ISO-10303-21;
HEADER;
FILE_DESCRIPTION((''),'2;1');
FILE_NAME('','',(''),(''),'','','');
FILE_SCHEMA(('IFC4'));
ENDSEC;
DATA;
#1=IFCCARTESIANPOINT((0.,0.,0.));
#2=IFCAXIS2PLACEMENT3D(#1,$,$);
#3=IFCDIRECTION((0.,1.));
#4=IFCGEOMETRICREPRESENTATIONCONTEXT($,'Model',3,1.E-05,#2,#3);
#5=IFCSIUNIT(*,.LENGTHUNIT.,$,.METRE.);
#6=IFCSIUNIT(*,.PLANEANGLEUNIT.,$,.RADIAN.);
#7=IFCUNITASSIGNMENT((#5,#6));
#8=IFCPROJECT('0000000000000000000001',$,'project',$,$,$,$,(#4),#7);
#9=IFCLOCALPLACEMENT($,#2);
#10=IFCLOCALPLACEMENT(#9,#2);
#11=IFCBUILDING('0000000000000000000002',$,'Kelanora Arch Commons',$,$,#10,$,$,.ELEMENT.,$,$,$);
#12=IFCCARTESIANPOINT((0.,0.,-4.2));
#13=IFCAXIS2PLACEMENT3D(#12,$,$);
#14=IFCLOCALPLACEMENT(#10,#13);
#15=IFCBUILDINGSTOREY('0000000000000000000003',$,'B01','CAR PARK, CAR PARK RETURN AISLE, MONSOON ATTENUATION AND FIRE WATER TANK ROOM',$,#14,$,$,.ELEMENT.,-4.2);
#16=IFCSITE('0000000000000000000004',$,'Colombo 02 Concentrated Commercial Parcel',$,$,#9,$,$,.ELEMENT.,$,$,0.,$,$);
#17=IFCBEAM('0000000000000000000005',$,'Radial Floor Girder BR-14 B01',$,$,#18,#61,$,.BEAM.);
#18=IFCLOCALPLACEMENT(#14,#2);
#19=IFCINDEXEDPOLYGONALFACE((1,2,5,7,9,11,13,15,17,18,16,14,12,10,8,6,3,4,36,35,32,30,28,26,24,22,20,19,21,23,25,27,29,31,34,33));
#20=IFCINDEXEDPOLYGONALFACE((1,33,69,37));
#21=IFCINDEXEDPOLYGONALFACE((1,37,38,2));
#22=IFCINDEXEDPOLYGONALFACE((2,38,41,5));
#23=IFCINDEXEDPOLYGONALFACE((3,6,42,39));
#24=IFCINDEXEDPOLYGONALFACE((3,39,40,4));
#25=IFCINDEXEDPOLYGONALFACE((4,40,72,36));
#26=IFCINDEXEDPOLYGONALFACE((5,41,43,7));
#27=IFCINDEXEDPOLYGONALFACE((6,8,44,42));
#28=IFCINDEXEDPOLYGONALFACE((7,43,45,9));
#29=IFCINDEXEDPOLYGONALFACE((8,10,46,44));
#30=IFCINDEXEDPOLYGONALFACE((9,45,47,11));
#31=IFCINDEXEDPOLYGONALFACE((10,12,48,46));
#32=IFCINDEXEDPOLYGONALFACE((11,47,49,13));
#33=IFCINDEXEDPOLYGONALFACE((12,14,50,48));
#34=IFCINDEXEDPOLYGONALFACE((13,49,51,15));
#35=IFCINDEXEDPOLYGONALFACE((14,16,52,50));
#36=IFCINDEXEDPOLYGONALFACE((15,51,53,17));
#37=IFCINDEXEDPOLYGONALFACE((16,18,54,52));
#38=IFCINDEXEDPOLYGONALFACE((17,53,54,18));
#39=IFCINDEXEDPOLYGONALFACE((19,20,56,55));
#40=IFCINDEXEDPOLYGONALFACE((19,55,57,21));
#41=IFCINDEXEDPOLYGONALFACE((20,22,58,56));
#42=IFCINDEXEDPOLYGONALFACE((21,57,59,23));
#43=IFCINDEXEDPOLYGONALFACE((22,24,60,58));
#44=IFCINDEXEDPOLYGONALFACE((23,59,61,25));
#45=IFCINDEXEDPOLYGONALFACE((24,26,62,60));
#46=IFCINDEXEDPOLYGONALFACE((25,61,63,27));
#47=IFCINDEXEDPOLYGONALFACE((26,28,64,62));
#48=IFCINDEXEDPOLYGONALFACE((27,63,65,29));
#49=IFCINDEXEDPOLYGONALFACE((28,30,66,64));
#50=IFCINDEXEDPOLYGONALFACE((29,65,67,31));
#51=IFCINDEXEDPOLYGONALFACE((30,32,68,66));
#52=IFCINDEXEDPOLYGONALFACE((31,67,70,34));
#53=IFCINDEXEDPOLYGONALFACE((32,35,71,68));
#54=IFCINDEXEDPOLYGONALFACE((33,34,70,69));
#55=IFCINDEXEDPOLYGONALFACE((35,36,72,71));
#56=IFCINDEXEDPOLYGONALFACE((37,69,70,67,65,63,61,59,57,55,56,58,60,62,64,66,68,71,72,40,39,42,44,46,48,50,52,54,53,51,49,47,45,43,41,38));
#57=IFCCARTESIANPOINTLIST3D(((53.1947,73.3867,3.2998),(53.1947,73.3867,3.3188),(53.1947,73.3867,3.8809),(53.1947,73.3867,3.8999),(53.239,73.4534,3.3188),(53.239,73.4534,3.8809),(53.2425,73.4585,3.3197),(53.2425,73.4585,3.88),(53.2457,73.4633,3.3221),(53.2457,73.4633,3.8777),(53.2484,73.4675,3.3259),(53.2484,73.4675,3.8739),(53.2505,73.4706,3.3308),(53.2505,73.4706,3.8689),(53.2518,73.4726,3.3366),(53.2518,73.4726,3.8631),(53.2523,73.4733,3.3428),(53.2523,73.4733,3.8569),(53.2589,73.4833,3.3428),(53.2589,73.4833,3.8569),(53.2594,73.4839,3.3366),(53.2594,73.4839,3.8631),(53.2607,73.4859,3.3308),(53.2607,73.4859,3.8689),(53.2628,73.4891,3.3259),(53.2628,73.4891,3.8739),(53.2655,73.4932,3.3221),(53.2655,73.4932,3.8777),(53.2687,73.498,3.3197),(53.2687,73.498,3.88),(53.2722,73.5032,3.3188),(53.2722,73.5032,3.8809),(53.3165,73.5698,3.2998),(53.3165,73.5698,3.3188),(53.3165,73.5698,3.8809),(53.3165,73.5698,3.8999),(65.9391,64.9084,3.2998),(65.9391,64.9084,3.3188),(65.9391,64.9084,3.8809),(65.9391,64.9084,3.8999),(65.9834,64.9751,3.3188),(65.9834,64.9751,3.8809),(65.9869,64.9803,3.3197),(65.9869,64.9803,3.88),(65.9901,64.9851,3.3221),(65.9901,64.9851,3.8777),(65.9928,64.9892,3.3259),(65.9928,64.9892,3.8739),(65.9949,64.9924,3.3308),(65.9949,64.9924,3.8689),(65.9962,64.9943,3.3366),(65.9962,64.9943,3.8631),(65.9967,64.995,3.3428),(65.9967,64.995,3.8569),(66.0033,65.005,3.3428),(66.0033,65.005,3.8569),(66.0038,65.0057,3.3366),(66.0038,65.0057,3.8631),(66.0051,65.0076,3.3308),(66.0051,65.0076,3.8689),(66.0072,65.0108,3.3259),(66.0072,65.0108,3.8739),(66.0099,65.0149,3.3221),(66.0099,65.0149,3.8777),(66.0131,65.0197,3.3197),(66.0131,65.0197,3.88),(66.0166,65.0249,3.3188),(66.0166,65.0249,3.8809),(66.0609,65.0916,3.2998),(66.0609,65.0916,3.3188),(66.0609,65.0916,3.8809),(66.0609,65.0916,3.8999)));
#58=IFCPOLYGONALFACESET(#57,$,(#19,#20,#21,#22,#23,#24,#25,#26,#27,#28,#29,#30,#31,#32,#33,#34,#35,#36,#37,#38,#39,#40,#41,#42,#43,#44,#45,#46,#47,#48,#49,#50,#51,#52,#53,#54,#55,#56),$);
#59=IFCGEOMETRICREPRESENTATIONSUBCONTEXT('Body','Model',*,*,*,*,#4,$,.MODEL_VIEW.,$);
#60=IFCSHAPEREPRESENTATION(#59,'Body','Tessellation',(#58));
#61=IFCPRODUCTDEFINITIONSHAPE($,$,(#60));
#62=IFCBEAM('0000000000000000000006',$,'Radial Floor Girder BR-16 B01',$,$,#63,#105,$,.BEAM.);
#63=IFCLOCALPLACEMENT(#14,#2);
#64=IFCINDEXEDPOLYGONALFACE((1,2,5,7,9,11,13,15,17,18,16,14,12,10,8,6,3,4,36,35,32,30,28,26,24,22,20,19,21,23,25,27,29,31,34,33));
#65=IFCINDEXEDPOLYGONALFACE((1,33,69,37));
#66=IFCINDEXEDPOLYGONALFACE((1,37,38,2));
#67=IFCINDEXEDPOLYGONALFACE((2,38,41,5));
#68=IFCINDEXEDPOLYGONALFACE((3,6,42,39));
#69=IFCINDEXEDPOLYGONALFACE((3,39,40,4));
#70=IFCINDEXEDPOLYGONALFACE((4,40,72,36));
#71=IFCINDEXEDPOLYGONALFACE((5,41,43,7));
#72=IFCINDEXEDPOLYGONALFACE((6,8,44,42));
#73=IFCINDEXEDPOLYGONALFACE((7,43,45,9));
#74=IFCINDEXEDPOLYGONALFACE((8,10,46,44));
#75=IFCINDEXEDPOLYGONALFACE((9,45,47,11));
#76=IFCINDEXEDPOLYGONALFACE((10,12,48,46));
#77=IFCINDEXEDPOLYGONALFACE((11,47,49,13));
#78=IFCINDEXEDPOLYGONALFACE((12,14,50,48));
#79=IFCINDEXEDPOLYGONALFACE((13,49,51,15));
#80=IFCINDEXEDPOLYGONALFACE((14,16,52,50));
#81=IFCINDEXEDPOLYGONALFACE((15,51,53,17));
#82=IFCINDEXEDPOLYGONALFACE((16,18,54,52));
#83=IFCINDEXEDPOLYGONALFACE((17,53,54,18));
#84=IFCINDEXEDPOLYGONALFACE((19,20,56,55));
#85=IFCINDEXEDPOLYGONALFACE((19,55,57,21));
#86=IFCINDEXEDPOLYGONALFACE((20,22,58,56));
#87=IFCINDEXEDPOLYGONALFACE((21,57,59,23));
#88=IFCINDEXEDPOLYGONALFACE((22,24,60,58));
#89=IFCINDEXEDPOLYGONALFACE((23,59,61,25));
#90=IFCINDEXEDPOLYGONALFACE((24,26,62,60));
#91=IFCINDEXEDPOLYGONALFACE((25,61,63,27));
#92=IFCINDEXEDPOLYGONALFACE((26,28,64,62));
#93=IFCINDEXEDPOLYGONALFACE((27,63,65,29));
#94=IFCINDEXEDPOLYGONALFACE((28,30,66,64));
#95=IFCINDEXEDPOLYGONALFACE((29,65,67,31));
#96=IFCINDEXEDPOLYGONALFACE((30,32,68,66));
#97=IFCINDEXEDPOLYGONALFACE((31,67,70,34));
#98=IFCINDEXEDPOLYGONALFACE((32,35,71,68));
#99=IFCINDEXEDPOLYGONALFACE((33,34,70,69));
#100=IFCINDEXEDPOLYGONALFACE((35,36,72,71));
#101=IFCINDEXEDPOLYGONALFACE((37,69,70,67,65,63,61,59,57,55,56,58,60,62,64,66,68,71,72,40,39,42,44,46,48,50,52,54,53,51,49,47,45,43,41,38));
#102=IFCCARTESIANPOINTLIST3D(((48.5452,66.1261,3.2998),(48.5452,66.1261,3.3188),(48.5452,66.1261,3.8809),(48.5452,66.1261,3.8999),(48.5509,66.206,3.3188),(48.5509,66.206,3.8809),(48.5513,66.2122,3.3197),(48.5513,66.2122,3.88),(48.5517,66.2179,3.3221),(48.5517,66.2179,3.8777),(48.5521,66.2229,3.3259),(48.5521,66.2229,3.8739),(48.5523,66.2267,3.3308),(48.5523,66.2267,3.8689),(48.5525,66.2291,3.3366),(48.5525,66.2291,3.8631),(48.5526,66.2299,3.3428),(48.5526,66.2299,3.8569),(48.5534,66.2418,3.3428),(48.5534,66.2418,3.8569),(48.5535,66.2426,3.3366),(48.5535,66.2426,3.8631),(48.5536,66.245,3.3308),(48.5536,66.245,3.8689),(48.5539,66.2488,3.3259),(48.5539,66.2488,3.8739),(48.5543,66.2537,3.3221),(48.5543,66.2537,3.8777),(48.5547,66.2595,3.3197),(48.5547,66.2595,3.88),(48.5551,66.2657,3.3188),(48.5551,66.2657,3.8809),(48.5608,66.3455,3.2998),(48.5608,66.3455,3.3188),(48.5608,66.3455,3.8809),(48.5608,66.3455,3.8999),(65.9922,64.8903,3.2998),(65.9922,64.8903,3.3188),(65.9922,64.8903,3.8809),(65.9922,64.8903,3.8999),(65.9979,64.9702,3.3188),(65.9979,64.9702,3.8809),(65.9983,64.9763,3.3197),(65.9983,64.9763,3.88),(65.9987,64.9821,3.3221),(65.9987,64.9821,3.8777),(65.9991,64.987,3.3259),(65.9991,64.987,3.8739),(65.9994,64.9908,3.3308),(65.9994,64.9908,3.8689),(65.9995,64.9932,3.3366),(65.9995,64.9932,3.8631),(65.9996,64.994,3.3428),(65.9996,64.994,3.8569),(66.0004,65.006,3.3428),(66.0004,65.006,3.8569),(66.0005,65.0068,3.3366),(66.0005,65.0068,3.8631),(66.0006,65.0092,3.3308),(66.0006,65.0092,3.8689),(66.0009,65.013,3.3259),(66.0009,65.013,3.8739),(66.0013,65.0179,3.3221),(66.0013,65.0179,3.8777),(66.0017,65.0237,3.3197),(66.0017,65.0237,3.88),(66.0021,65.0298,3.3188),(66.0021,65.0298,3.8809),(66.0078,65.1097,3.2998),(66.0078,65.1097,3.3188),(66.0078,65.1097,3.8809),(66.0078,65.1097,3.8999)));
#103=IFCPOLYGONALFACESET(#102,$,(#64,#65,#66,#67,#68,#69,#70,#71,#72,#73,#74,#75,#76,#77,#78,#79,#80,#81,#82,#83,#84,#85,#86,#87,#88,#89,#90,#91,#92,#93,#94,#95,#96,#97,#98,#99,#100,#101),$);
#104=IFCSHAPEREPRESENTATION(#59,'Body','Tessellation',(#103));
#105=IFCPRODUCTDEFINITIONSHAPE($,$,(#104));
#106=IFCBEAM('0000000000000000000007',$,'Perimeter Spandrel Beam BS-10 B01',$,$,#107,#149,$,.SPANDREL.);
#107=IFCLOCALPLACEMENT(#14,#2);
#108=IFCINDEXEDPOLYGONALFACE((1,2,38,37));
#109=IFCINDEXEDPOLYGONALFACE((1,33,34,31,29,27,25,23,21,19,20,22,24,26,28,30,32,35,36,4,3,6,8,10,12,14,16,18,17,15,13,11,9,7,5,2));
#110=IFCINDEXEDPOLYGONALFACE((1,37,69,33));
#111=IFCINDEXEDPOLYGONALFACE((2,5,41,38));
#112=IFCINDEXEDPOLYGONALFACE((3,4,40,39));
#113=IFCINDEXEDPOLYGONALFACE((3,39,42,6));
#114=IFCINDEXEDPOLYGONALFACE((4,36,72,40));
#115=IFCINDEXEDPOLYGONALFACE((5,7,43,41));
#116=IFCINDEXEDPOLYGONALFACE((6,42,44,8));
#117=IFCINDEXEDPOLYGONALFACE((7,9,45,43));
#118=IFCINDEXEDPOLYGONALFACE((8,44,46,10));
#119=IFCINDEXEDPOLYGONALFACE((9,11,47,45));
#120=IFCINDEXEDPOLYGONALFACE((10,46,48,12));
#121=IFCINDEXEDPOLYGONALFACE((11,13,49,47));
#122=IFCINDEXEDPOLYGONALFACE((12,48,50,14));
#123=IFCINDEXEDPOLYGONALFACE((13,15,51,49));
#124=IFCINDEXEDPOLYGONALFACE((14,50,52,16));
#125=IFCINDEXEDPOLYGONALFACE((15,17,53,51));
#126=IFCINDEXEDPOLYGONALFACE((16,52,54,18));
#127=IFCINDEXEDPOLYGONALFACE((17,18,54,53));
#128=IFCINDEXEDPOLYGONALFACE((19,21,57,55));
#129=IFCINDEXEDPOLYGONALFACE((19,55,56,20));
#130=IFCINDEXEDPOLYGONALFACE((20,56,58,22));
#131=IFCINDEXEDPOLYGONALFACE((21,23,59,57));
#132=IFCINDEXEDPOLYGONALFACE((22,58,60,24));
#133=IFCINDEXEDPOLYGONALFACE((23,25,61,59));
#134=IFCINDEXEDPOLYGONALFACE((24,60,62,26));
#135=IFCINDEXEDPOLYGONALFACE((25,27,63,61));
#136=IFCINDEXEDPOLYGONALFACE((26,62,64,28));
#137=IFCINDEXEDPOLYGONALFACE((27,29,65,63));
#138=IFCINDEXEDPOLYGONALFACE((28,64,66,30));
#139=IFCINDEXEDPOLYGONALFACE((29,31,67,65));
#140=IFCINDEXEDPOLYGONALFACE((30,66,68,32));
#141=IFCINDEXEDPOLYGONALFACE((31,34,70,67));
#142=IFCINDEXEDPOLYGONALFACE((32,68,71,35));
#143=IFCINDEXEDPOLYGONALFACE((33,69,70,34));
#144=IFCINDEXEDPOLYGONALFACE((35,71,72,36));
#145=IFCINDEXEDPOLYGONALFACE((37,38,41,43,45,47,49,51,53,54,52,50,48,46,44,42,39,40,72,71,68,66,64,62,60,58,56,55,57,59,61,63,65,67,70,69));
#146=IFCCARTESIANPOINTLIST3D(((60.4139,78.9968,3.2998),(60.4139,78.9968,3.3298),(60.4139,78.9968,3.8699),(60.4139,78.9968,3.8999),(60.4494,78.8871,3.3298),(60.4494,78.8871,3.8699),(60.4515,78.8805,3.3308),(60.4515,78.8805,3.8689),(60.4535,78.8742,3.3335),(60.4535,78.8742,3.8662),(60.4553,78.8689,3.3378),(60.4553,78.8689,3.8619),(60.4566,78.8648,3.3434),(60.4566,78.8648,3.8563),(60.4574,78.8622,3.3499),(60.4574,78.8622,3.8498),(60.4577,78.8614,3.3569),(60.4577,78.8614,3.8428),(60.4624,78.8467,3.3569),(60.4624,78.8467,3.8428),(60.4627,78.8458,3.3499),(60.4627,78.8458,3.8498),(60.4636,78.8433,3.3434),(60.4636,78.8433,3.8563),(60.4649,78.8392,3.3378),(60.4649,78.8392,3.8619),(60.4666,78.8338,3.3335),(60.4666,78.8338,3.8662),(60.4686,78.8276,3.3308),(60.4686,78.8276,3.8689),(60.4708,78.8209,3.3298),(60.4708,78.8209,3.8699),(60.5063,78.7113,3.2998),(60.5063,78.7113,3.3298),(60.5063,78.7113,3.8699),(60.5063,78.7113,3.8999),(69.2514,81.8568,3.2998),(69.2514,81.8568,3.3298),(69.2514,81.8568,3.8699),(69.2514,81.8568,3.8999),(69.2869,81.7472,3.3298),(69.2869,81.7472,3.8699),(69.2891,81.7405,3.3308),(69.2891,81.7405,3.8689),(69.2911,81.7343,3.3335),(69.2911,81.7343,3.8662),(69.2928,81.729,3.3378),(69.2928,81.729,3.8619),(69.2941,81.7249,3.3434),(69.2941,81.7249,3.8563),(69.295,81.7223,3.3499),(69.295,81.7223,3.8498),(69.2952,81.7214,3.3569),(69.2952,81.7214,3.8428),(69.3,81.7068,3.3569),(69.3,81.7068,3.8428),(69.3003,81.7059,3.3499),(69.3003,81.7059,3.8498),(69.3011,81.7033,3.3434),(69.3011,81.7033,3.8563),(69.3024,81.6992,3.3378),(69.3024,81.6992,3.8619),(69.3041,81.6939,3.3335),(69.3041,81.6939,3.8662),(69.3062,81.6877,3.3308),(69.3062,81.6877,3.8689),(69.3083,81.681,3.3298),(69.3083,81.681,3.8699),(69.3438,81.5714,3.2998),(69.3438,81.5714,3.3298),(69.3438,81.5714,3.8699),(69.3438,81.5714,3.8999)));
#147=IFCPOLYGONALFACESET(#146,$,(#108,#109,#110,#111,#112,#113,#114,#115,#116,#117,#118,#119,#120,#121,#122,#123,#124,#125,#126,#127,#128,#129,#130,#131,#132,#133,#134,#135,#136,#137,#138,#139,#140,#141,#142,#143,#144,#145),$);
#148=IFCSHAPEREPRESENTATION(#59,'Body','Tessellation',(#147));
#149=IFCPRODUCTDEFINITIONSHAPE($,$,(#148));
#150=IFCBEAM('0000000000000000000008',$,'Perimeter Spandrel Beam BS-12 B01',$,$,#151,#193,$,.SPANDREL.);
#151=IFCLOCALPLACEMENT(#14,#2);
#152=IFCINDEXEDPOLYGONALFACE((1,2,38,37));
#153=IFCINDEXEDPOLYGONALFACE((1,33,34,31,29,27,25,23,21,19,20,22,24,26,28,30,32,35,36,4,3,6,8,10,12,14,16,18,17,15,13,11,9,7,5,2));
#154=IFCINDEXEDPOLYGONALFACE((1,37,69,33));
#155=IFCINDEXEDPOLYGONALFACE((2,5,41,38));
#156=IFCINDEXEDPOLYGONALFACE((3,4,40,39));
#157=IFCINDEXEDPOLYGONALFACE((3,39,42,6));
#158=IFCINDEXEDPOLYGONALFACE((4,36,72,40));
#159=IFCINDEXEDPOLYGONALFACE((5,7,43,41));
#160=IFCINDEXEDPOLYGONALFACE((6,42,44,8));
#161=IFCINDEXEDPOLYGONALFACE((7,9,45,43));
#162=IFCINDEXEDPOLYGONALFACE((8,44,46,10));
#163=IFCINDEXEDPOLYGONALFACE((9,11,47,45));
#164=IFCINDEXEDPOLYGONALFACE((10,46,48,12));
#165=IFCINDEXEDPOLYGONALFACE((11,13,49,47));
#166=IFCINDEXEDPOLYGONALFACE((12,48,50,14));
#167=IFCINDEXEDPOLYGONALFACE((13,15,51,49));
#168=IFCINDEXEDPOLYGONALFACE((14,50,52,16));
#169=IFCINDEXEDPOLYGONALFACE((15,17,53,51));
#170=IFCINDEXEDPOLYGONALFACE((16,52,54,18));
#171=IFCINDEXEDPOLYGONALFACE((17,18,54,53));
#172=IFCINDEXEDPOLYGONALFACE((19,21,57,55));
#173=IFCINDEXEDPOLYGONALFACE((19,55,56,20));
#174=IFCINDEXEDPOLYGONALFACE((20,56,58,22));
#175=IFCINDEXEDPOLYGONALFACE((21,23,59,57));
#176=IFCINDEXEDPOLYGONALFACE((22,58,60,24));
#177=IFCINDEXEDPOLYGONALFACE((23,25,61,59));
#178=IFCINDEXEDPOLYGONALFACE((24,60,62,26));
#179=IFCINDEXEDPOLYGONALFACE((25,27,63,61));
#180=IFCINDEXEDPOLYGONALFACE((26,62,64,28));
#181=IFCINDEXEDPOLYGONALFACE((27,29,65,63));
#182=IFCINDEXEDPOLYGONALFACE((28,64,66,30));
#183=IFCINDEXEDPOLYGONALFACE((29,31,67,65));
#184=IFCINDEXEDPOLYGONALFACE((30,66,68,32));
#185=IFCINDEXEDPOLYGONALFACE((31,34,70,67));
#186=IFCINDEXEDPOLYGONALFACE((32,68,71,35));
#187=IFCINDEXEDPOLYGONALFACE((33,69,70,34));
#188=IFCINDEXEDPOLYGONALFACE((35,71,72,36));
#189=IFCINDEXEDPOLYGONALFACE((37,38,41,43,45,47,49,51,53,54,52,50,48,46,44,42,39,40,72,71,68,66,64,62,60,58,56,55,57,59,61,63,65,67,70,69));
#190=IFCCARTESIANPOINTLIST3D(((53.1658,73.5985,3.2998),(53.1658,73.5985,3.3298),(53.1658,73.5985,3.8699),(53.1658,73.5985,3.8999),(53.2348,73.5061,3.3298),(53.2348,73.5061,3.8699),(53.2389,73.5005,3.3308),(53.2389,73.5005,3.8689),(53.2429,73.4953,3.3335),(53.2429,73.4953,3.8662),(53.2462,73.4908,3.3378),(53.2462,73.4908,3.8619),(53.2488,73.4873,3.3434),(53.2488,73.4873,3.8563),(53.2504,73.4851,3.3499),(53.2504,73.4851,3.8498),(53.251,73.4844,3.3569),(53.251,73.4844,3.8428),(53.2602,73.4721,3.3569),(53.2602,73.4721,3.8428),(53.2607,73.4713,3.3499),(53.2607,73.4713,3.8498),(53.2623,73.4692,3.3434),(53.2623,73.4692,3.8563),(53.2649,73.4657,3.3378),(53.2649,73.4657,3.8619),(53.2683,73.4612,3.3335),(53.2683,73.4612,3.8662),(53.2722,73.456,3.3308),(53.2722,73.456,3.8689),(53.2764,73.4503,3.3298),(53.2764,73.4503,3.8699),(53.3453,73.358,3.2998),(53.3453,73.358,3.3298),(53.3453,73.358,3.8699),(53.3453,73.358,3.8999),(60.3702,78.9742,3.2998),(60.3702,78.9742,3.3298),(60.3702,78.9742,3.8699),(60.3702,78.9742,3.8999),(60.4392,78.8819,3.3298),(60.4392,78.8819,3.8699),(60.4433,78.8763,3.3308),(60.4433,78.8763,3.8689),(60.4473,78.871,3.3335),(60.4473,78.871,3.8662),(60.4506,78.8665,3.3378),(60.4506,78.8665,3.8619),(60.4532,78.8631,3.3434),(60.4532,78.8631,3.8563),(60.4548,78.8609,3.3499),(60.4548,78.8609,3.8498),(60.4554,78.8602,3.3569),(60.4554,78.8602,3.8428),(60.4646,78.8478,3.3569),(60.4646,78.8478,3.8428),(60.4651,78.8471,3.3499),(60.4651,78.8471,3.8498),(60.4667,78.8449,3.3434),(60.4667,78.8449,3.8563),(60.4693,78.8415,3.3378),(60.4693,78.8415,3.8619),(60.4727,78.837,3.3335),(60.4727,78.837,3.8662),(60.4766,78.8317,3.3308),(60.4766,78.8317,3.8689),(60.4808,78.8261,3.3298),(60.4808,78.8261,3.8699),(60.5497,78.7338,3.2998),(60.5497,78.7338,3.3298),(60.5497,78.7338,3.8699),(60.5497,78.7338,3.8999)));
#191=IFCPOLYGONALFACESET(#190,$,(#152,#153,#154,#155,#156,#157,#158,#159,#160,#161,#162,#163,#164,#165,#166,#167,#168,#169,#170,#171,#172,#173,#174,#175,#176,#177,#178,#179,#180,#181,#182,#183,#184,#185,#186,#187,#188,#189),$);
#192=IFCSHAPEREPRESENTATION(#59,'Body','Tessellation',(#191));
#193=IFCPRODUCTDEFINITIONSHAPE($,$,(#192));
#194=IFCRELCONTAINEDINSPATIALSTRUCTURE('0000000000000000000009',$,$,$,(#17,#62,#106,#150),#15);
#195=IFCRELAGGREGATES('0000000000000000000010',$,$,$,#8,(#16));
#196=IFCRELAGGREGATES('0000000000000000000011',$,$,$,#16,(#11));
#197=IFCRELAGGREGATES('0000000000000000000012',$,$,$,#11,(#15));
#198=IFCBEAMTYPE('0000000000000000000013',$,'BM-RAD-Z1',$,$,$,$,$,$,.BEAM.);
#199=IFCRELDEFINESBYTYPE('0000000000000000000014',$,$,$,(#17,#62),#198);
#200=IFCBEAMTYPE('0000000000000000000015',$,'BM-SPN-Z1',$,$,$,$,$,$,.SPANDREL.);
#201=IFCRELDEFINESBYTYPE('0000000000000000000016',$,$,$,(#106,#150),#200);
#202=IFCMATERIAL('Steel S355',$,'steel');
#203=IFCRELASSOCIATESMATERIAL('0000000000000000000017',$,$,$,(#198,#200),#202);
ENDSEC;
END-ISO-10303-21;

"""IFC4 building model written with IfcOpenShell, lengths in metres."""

from ifc_helpers import new_model, si_unit, direction, frame, origin, origin_2d, place, context, subcontext, project, spatial, i_section, extrude, material, material_profile, profile_set, type_object, element, save


model = new_model("IFC4")

# Units and contexts
model_context = context("Model", 3, precision=1e-05, world=origin(), true_north=direction((0.0, 1.0)))
body_context = subcontext(model_context, "Body", "Model", "MODEL_VIEW")
ifc_project = project(units=[si_unit("LENGTHUNIT", "METRE"), si_unit("PLANEANGLEUNIT", "RADIAN")], contexts=[model_context])

# Site, building, storey
site_placement = place(None, origin())
site = spatial("IfcSite", under=ifc_project, at=site_placement, Name="Colombo 02 Concentrated Commercial Parcel", CompositionType="ELEMENT", RefElevation=0.0)
building_placement = place(site_placement, origin())
building = spatial("IfcBuilding", under=site, at=building_placement, Name="Kelanora Arch Commons", CompositionType="ELEMENT")
storey_placement = place(building_placement, frame((0.0, 0.0, -4.2)))
storey = spatial("IfcBuildingStorey", under=building, at=storey_placement, Name="B01", Description="CAR PARK, CAR PARK RETURN AISLE, MONSOON ATTENUATION AND FIRE WATER TANK ROOM", CompositionType="ELEMENT", Elevation=-4.2)

# Shared definitions
ifc_material_1 = material(Name="Steel S355", Category="steel")

# Beams
ifc_material_profile_1 = material_profile(ifc_material_1, i_section(OverallWidth=0.22, OverallDepth=0.6001, WebThickness=0.012, FlangeThickness=0.019, FilletRadius=0.0239, at=origin_2d()), Name="IPE600")
ifc_profile_set_1 = profile_set([ifc_material_profile_1], Name="Steel S355")
beam_type_1 = type_object("IfcBeamType", Name="BM-RAD-Z1", PredefinedType="BEAM", material=ifc_profile_set_1)
beam_1_placement = place(storey_placement, frame((66.0, 65.0, 3.5999), z_axis=(-0.832592, 0.553886, 0.0), x_axis=(-0.553886, -0.832592, 0.0)))
element("IfcBeam", 1, at=beam_1_placement, inside=storey, type_object=beam_type_1, Name="Radial Floor Girder BR-14 B01", PredefinedType="BEAM", context=body_context, shape_type="SweptSolid", body=[
    extrude(i_section(OverallWidth=0.22, OverallDepth=0.6001, WebThickness=0.012, FlangeThickness=0.019, FilletRadius=0.0239, at=origin_2d()), origin(), (0.0, 0.0, 1.0), 15.3069),
])
beam_2_placement = place(storey_placement, frame((66.0, 65.0, 3.5999), z_axis=(-0.997501, 0.070657, 0.0), x_axis=(-0.070657, -0.997501, 0.0)))
element("IfcBeam", 2, at=beam_2_placement, inside=storey, type_object=beam_type_1, Name="Radial Floor Girder BR-16 B01", PredefinedType="BEAM", context=body_context, shape_type="SweptSolid", body=[
    extrude(i_section(OverallWidth=0.22, OverallDepth=0.6001, WebThickness=0.012, FlangeThickness=0.019, FilletRadius=0.0239, at=origin_2d()), origin(), (0.0, 0.0, 1.0), 17.4907),
])
ifc_material_profile_2 = material_profile(ifc_material_1, i_section(OverallWidth=0.3, OverallDepth=0.6001, WebThickness=0.0154, FlangeThickness=0.03, FilletRadius=0.0271, at=origin_2d()), Name="HEB600")
ifc_profile_set_2 = profile_set([ifc_material_profile_2], Name="Steel S355")
beam_type_2 = type_object("IfcBeamType", Name="BM-SPN-Z1", PredefinedType="SPANDREL", material=ifc_profile_set_2)
beam_3_placement = place(storey_placement, frame((69.2976, 81.7141, 3.5999), z_axis=(-0.951417, -0.307905, 0.0), x_axis=(0.307905, -0.951417, 0.0)))
element("IfcBeam", 3, at=beam_3_placement, inside=storey, type_object=beam_type_2, Name="Perimeter Spandrel Beam BS-10 B01", PredefinedType="SPANDREL", context=body_context, shape_type="SweptSolid", body=[
    extrude(i_section(OverallWidth=0.3, OverallDepth=0.6001, WebThickness=0.0154, FlangeThickness=0.03, FilletRadius=0.0271, at=origin_2d()), origin(), (0.0, 0.0, 1.0), 9.2888),
])
beam_4_placement = place(storey_placement, frame((60.46, 78.854, 3.5999), z_axis=(-0.801468, -0.598038, 0.0), x_axis=(0.598038, -0.801468, 0.0)))
element("IfcBeam", 4, at=beam_4_placement, inside=storey, type_object=beam_type_2, Name="Perimeter Spandrel Beam BS-12 B01", PredefinedType="SPANDREL", context=body_context, shape_type="SweptSolid", body=[
    extrude(i_section(OverallWidth=0.3, OverallDepth=0.6001, WebThickness=0.0154, FlangeThickness=0.03, FilletRadius=0.0271, at=origin_2d()), origin(), (0.0, 0.0, 1.0), 8.989),
])

save(model, "model.ifc")
